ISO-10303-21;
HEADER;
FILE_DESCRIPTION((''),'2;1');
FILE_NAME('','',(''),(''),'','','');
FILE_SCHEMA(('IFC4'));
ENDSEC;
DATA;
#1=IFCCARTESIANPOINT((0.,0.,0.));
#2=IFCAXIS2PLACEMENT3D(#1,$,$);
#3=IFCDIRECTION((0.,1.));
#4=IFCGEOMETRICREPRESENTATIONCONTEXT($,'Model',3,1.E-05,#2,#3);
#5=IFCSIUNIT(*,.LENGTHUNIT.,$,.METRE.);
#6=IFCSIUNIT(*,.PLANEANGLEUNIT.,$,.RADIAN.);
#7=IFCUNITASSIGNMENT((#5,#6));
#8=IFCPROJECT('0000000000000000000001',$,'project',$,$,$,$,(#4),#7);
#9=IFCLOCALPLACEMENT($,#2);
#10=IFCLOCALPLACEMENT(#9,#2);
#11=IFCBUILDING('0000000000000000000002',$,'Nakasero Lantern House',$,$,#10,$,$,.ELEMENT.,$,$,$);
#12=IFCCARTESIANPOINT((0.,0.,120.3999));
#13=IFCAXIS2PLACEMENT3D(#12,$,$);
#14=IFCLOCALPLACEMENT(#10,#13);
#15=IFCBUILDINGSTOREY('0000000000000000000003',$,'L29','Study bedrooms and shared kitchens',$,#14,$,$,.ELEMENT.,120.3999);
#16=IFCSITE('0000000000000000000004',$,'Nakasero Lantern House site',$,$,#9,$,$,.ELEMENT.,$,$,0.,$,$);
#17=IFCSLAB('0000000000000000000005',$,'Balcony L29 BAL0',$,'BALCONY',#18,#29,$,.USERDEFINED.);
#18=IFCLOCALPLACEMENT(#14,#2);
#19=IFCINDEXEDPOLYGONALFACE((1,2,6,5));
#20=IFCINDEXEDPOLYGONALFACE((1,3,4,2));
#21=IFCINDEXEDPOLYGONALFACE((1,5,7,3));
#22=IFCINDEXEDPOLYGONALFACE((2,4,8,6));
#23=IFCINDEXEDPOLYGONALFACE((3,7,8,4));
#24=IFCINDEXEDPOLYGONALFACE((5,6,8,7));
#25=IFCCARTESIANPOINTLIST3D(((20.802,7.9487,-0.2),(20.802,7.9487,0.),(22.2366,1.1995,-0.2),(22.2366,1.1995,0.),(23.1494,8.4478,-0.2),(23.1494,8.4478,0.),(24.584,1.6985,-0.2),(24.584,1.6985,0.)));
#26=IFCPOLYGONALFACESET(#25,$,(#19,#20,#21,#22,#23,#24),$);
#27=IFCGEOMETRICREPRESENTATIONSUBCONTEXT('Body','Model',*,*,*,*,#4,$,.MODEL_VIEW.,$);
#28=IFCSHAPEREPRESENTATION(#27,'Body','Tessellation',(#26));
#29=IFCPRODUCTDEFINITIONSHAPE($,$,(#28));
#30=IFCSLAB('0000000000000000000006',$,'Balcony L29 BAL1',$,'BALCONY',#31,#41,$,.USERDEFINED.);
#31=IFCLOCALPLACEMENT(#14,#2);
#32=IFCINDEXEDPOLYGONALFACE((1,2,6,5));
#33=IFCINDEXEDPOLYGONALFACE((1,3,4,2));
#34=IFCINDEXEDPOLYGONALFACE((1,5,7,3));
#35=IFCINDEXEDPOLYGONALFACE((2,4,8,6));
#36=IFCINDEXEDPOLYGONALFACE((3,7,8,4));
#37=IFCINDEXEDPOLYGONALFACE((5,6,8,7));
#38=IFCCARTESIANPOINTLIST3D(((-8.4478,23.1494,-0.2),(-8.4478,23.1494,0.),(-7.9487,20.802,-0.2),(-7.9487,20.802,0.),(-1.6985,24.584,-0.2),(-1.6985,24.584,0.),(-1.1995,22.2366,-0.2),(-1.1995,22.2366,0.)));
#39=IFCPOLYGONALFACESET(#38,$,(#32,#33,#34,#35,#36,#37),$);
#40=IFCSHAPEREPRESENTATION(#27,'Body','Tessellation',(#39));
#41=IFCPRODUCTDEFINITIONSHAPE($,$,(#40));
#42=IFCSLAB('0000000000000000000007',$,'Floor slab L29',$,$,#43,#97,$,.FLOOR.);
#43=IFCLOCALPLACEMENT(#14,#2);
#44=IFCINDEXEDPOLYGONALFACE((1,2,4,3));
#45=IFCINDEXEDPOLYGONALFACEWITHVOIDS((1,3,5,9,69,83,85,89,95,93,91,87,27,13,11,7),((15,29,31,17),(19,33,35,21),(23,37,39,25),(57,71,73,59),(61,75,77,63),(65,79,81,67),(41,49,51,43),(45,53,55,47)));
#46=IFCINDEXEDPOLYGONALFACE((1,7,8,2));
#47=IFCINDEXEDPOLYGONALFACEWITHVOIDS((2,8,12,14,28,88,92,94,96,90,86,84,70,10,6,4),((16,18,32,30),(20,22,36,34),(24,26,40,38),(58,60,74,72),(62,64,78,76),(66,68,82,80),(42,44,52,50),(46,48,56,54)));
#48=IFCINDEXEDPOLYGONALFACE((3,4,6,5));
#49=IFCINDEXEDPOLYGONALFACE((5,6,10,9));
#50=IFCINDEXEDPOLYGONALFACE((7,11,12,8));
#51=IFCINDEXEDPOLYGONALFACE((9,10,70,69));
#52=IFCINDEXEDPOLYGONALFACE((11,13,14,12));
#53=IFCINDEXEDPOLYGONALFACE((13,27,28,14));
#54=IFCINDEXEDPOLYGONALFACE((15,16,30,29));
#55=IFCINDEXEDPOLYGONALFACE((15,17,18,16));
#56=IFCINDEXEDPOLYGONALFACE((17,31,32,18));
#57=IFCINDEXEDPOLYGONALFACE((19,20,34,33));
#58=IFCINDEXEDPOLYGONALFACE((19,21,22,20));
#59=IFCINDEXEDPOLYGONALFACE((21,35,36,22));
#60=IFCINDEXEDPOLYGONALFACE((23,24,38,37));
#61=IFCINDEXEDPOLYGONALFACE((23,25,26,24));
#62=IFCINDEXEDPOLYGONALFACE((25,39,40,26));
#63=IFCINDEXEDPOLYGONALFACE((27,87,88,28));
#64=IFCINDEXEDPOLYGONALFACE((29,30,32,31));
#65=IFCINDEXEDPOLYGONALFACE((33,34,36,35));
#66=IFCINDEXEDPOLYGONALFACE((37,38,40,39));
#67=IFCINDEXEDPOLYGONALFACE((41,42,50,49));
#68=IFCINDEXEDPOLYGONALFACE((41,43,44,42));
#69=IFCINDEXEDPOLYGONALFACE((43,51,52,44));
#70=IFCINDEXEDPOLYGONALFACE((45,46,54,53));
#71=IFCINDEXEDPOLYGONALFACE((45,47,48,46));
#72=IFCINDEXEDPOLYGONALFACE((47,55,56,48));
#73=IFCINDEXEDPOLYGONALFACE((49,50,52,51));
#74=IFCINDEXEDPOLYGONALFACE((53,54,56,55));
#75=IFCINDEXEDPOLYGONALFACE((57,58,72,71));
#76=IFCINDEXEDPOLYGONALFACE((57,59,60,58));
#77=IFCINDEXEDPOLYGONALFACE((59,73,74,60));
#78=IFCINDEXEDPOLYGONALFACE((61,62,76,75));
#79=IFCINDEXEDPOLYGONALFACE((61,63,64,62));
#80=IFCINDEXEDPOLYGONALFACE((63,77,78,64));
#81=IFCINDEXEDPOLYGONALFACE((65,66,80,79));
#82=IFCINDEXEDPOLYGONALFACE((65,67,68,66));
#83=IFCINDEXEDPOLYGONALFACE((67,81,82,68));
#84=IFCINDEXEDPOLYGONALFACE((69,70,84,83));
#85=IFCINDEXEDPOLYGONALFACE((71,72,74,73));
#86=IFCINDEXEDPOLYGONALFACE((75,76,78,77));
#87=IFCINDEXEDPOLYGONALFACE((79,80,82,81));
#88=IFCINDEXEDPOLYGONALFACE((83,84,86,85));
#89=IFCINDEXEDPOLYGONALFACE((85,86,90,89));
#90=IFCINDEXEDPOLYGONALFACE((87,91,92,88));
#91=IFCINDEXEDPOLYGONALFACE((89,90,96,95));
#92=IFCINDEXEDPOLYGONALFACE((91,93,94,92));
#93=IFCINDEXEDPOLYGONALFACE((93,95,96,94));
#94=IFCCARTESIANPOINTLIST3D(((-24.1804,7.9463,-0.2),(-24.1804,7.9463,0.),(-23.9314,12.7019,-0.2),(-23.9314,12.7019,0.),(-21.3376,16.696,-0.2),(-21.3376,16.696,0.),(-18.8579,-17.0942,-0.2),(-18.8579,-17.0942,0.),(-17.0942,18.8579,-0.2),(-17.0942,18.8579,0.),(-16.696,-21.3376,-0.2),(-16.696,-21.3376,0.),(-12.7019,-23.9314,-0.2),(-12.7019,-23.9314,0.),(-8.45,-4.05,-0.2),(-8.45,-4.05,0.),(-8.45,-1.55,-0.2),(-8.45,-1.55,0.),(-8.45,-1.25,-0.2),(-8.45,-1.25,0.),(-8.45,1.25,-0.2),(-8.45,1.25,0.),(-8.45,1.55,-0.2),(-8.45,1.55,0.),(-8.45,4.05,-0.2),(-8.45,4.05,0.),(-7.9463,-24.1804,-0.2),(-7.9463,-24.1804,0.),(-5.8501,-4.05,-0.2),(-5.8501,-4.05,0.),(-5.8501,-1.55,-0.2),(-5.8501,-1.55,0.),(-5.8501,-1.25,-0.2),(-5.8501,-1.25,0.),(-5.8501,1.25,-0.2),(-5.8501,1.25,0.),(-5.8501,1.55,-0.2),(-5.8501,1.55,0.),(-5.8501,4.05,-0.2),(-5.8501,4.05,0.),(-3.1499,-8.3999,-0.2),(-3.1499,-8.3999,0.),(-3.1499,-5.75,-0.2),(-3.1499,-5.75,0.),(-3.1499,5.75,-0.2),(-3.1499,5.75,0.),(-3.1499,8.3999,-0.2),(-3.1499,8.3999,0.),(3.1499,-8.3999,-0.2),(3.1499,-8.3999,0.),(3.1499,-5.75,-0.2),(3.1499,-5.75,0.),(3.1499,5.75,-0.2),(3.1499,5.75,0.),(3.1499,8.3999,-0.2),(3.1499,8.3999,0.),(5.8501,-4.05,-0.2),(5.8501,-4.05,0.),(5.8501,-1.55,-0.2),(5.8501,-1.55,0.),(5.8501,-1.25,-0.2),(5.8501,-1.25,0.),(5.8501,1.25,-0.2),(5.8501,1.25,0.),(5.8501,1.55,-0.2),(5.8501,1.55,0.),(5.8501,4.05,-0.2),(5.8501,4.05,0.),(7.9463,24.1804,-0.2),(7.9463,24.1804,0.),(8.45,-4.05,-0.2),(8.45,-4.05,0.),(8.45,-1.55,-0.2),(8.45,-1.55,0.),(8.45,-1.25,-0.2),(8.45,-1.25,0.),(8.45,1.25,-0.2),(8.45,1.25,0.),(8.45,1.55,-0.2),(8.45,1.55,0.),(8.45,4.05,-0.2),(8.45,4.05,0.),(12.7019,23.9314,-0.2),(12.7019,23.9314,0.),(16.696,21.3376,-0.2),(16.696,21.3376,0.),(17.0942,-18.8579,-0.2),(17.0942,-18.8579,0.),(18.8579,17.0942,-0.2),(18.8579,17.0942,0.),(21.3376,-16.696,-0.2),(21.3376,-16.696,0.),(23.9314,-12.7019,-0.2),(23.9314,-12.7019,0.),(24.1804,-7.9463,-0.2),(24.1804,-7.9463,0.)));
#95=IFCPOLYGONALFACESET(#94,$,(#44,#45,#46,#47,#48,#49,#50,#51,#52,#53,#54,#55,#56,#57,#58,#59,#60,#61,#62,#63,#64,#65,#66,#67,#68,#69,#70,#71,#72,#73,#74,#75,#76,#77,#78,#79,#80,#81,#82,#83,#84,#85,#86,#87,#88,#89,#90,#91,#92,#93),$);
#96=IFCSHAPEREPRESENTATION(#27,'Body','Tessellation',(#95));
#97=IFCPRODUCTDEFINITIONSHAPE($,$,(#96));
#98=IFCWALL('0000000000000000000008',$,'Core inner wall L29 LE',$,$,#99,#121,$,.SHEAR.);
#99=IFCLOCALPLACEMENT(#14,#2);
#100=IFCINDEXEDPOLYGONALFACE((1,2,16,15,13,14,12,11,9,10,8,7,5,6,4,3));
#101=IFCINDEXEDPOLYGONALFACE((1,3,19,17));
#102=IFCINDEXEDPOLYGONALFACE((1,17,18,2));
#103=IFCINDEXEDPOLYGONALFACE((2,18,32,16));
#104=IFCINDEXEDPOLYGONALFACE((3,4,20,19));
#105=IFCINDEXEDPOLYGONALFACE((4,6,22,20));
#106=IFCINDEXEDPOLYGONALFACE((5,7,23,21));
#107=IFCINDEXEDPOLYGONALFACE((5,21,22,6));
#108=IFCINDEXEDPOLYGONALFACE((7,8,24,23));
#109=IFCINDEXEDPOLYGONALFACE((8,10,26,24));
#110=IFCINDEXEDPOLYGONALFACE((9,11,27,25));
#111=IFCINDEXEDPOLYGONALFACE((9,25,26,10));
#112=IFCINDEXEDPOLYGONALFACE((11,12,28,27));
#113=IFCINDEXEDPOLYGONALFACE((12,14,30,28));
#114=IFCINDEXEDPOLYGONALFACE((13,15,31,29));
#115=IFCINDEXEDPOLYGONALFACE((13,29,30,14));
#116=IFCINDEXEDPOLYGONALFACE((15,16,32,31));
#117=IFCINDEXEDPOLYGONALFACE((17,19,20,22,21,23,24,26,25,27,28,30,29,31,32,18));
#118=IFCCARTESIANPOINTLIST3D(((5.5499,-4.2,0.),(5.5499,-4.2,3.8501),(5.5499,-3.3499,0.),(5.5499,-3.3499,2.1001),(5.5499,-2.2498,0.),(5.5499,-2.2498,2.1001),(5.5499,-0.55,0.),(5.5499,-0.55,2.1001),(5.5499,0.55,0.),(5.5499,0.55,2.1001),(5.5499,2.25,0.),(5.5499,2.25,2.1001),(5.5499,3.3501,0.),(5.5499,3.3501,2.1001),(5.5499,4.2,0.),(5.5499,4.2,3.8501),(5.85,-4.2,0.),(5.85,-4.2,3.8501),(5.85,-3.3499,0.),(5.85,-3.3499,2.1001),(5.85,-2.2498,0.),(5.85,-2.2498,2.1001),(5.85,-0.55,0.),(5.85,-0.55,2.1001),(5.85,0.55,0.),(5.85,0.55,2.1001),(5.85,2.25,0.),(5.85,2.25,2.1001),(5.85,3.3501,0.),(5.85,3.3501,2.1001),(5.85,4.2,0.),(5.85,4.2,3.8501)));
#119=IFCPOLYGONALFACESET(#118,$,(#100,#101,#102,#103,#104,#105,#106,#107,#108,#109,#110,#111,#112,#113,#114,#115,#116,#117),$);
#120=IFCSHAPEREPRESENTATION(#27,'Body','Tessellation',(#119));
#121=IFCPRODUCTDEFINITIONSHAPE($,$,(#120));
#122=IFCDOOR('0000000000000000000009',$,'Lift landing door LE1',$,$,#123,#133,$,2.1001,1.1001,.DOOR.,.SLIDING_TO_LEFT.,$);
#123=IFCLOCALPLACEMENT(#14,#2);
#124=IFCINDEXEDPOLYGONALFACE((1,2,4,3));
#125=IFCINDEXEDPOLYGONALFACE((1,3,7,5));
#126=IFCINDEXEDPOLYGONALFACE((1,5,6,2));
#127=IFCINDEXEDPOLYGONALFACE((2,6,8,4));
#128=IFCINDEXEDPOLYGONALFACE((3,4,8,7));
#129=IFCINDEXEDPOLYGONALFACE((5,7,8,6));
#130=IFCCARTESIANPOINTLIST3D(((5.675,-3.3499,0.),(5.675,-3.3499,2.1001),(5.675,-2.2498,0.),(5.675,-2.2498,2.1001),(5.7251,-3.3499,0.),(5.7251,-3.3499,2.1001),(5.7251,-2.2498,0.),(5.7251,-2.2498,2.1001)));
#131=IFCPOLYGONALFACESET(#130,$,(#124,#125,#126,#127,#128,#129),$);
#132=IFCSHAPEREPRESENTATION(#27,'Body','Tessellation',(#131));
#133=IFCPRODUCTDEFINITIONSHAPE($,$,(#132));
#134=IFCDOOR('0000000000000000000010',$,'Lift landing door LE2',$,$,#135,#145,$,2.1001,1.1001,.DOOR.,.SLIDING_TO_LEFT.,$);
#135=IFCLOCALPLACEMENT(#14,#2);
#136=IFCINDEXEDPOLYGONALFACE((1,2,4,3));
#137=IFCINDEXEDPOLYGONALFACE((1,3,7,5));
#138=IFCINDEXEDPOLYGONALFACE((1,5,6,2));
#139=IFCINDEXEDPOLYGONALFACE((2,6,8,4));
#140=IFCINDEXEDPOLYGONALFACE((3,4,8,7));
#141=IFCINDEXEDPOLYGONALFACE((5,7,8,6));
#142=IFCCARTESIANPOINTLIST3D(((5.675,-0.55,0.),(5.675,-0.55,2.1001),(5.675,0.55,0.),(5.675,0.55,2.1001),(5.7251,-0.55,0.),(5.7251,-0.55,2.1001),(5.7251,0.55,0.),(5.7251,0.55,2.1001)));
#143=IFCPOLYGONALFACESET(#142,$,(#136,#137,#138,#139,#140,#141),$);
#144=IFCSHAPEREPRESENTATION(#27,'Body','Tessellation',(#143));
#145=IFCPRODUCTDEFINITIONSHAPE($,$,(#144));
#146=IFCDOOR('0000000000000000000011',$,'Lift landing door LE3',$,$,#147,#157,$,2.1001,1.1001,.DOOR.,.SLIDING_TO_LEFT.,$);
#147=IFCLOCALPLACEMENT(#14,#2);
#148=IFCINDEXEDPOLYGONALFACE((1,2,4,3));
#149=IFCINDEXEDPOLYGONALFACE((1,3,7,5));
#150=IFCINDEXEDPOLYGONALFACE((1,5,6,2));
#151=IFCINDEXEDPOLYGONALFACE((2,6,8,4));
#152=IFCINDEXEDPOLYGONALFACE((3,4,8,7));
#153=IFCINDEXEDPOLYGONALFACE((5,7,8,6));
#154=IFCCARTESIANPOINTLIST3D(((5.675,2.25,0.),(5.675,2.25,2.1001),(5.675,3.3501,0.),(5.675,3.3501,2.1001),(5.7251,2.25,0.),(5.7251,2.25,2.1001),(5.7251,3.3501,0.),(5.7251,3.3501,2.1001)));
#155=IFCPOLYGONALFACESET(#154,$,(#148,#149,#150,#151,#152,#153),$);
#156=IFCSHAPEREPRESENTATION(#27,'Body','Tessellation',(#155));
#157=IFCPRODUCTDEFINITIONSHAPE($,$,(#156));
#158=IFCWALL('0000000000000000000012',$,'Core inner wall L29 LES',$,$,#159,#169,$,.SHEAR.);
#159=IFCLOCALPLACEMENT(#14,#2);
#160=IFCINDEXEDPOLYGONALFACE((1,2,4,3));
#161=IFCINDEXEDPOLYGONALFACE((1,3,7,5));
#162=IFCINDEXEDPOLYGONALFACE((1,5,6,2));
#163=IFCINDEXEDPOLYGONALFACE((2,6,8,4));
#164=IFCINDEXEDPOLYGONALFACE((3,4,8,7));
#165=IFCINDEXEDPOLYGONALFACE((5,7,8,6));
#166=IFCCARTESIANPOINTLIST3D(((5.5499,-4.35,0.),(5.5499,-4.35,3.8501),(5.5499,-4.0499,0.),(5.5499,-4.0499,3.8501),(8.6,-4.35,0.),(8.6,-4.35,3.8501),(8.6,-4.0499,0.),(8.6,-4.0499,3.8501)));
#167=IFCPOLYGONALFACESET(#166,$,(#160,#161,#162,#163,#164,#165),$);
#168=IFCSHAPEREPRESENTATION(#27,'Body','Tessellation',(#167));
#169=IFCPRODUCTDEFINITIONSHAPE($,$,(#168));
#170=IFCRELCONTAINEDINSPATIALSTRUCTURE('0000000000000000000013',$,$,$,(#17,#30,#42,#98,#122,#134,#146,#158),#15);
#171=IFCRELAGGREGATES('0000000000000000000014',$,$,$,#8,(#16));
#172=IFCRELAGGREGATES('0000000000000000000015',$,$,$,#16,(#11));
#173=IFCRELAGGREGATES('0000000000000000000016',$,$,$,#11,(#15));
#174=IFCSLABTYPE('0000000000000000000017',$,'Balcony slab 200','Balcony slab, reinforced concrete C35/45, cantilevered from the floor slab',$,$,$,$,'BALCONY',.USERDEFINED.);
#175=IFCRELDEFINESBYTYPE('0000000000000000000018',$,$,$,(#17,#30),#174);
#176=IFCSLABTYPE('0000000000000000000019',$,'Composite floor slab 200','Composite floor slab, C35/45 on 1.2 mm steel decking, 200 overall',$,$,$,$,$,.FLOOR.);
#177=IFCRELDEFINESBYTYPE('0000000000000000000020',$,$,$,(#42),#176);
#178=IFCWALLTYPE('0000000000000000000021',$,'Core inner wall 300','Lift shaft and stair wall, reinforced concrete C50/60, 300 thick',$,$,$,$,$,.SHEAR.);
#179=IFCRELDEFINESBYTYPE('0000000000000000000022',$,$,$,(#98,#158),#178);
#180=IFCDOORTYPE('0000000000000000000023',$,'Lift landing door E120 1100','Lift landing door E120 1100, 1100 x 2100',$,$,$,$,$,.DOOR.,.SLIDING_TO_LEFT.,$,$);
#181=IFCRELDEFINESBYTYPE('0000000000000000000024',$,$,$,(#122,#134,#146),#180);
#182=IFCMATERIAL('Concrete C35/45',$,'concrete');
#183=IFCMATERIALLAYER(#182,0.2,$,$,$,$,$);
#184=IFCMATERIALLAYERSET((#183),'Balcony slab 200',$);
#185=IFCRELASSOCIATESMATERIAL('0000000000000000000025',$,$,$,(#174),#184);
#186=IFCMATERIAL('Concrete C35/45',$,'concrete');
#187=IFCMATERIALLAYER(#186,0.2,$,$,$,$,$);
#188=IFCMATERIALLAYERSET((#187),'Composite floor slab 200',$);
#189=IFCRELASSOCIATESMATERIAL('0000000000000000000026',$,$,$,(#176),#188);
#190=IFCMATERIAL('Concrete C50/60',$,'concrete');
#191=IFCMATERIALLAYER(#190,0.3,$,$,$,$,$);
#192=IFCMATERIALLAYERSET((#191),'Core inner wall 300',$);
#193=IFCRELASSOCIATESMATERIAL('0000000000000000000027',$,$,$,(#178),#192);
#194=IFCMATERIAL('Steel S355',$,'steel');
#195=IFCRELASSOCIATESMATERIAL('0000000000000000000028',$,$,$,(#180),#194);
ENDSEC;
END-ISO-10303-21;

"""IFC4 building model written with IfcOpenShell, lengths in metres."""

from ifc_helpers import new_model, si_unit, direction, frame, frame_2d, origin, place, context, subcontext, project, spatial, polyline, rectangle, outline, extrude, material, layer, layer_set, type_object, element, fill, save


model = new_model("IFC4")

# Units and contexts
model_context = context("Model", 3, precision=1e-05, world=origin(), true_north=direction((0.0, 1.0)))
body_context = subcontext(model_context, "Body", "Model", "MODEL_VIEW")
ifc_project = project(units=[si_unit("LENGTHUNIT", "METRE"), si_unit("PLANEANGLEUNIT", "RADIAN")], contexts=[model_context])

# Site, building, storey
site_placement = place(None, origin())
site = spatial("IfcSite", under=ifc_project, at=site_placement, Name="Nakasero Lantern House site", CompositionType="ELEMENT", RefElevation=0.0)
building_placement = place(site_placement, origin())
building = spatial("IfcBuilding", under=site, at=building_placement, Name="Nakasero Lantern House", CompositionType="ELEMENT")
storey_placement = place(building_placement, frame((0.0, 0.0, 120.3999)))
storey = spatial("IfcBuildingStorey", under=building, at=storey_placement, Name="L29", Description="Study bedrooms and shared kitchens", CompositionType="ELEMENT", Elevation=120.3999)

# Slabs
ifc_material_1 = material(Name="Concrete C35/45", Category="concrete")
ifc_layer_1 = layer(ifc_material_1, 0.2)
ifc_layer_set_1 = layer_set([ifc_layer_1], Name="Balcony slab 200")
slab_type_1 = type_object("IfcSlabType", Name="Balcony slab 200", Description="Balcony slab, reinforced concrete C35/45, cantilevered from the floor slab", ElementType="BALCONY", PredefinedType="USERDEFINED", material=ifc_layer_set_1)
slab_1_placement = place(storey_placement, frame((0.0, 0.0, -0.2)))
element("IfcSlab", 1, at=slab_1_placement, inside=storey, type_object=slab_type_1, Name="Balcony L29 BAL0", ObjectType="BALCONY", PredefinedType="USERDEFINED", context=body_context, shape_type="SweptSolid", body=[
    extrude(outline(polyline([(22.2366, 1.1995), (24.584, 1.6985), (23.1494, 8.4478), (20.802, 7.9487), (22.2366, 1.1995)])), origin(), (0.0, 0.0, 1.0), 0.2),
])
slab_2_placement = place(storey_placement, frame((0.0, 0.0, -0.2)))
element("IfcSlab", 2, at=slab_2_placement, inside=storey, type_object=slab_type_1, Name="Balcony L29 BAL1", ObjectType="BALCONY", PredefinedType="USERDEFINED", context=body_context, shape_type="SweptSolid", body=[
    extrude(outline(polyline([(-1.1995, 22.2366), (-1.6985, 24.584), (-8.4478, 23.1494), (-7.9487, 20.802), (-1.1995, 22.2366)])), origin(), (0.0, 0.0, 1.0), 0.2),
])
ifc_material_2 = material(Name="Concrete C35/45", Category="concrete")
ifc_layer_2 = layer(ifc_material_2, 0.2)
ifc_layer_set_2 = layer_set([ifc_layer_2], Name="Composite floor slab 200")
slab_type_2 = type_object("IfcSlabType", Name="Composite floor slab 200", Description="Composite floor slab, C35/45 on 1.2 mm steel decking, 200 overall", PredefinedType="FLOOR", material=ifc_layer_set_2)
slab_3_placement = place(storey_placement, frame((0.0, 0.0, -0.2)))
element("IfcSlab", 3, at=slab_3_placement, inside=storey, type_object=slab_type_2, Name="Floor slab L29", PredefinedType="FLOOR", context=body_context, shape_type="SweptSolid", body=[
    extrude(outline(polyline([(18.8579, 17.0942), (16.696, 21.3376), (12.7019, 23.9314), (7.9463, 24.1804), (-17.0942, 18.8579), (-21.3376, 16.696), (-23.9314, 12.7019), (-24.1804, 7.9463), (-18.8579, -17.0942), (-16.696, -21.3376), (-12.7019, -23.9314), (-7.9463, -24.1804), (17.0942, -18.8579), (21.3376, -16.696), (23.9314, -12.7019), (24.1804, -7.9463), (18.8579, 17.0942)]), holes=[polyline([(-8.45, -4.05), (-5.8501, -4.05), (-5.8501, -1.55), (-8.45, -1.55), (-8.45, -4.05)]), polyline([(-8.45, -1.25), (-5.8501, -1.25), (-5.8501, 1.25), (-8.45, 1.25), (-8.45, -1.25)]), polyline([(-8.45, 1.55), (-5.8501, 1.55), (-5.8501, 4.05), (-8.45, 4.05), (-8.45, 1.55)]), polyline([(5.8501, -4.05), (8.45, -4.05), (8.45, -1.55), (5.8501, -1.55), (5.8501, -4.05)]), polyline([(5.8501, -1.25), (8.45, -1.25), (8.45, 1.25), (5.8501, 1.25), (5.8501, -1.25)]), polyline([(5.8501, 1.55), (8.45, 1.55), (8.45, 4.05), (5.8501, 4.05), (5.8501, 1.55)]), polyline([(-3.1499, 5.75), (3.1499, 5.75), (3.1499, 8.3999), (-3.1499, 8.3999), (-3.1499, 5.75)]), polyline([(-3.1499, -8.3999), (3.1499, -8.3999), (3.1499, -5.75), (-3.1499, -5.75), (-3.1499, -8.3999)])]), origin(), (0.0, 0.0, 1.0), 0.2),
])

# Wall, openings, doors
ifc_material_3 = material(Name="Concrete C50/60", Category="concrete")
ifc_layer_3 = layer(ifc_material_3, 0.3)
ifc_layer_set_3 = layer_set([ifc_layer_3], Name="Core inner wall 300")
wall_type_1 = type_object("IfcWallType", Name="Core inner wall 300", Description="Lift shaft and stair wall, reinforced concrete C50/60, 300 thick", PredefinedType="SHEAR", material=ifc_layer_set_3)
wall_1_placement = place(storey_placement, frame((5.7, -4.2, 0.0), z_axis=(0.0, 0.0, 1.0), x_axis=(0.0, 1.0, 0.0)))
wall_1 = element("IfcWall", 4, at=wall_1_placement, inside=storey, type_object=wall_type_1, Name="Core inner wall L29 LE", PredefinedType="SHEAR", context=body_context, shape_type="SweptSolid", body=[
    extrude(rectangle(XDim=8.3999, YDim=0.3, at=frame_2d((4.2, 0.0))), origin(), (0.0, 0.0, 1.0), 3.8501),
])
opening_1_placement = place(wall_1_placement, frame((0.8501, 0.0, 0.0)))
opening_1 = element("IfcOpeningElement", 5, at=opening_1_placement, cuts=wall_1, PredefinedType="OPENING", context=body_context, shape_type="SweptSolid", body=[
    extrude(rectangle(XDim=1.1001, YDim=2.1001, at=frame_2d((0.55, 1.05))), frame((0.0, 0.1699, 0.0), z_axis=(0.0, -1.0, 0.0), x_axis=(1.0, 0.0, 0.0)), (0.0, 0.0, 1.0), 0.3401),
])
opening_2_placement = place(wall_1_placement, frame((3.6499, 0.0, 0.0)))
opening_2 = element("IfcOpeningElement", 6, at=opening_2_placement, cuts=wall_1, PredefinedType="OPENING", context=body_context, shape_type="SweptSolid", body=[
    extrude(rectangle(XDim=1.1001, YDim=2.1001, at=frame_2d((0.55, 1.05))), frame((0.0, 0.1699, 0.0), z_axis=(0.0, -1.0, 0.0), x_axis=(1.0, 0.0, 0.0)), (0.0, 0.0, 1.0), 0.3401),
])
opening_3_placement = place(wall_1_placement, frame((6.45, 0.0, 0.0)))
opening_3 = element("IfcOpeningElement", 7, at=opening_3_placement, cuts=wall_1, PredefinedType="OPENING", context=body_context, shape_type="SweptSolid", body=[
    extrude(rectangle(XDim=1.1001, YDim=2.1001, at=frame_2d((0.55, 1.05))), frame((0.0, 0.1699, 0.0), z_axis=(0.0, -1.0, 0.0), x_axis=(1.0, 0.0, 0.0)), (0.0, 0.0, 1.0), 0.3401),
])
ifc_material_4 = material(Name="Steel S355", Category="steel")
door_type_1 = type_object("IfcDoorType", Name="Lift landing door E120 1100", Description="Lift landing door E120 1100, 1100 x 2100", OperationType="SLIDING_TO_LEFT", PredefinedType="DOOR", material=ifc_material_4)
door_1_placement = place(opening_1_placement, origin())
door_1 = element("IfcDoor", 8, at=door_1_placement, inside=storey, type_object=door_type_1, Name="Lift landing door LE1", OperationType="SLIDING_TO_LEFT", OverallHeight=2.1001, OverallWidth=1.1001, PredefinedType="DOOR", context=body_context, shape_type="SweptSolid", body=[
    extrude(rectangle(XDim=1.1001, YDim=2.1001, at=frame_2d((0.55, 1.05))), frame((0.0, 0.0249, 0.0), z_axis=(0.0, -1.0, 0.0), x_axis=(1.0, 0.0, 0.0)), (0.0, 0.0, 1.0), 0.05),
])
fill(opening_1, door_1)
door_2_placement = place(opening_2_placement, origin())
door_2 = element("IfcDoor", 9, at=door_2_placement, inside=storey, type_object=door_type_1, Name="Lift landing door LE2", OperationType="SLIDING_TO_LEFT", OverallHeight=2.1001, OverallWidth=1.1001, PredefinedType="DOOR", context=body_context, shape_type="SweptSolid", body=[
    extrude(rectangle(XDim=1.1001, YDim=2.1001, at=frame_2d((0.55, 1.05))), frame((0.0, 0.0249, 0.0), z_axis=(0.0, -1.0, 0.0), x_axis=(1.0, 0.0, 0.0)), (0.0, 0.0, 1.0), 0.05),
])
fill(opening_2, door_2)
door_3_placement = place(opening_3_placement, origin())
door_3 = element("IfcDoor", 10, at=door_3_placement, inside=storey, type_object=door_type_1, Name="Lift landing door LE3", OperationType="SLIDING_TO_LEFT", OverallHeight=2.1001, OverallWidth=1.1001, PredefinedType="DOOR", context=body_context, shape_type="SweptSolid", body=[
    extrude(rectangle(XDim=1.1001, YDim=2.1001, at=frame_2d((0.55, 1.05))), frame((0.0, 0.0249, 0.0), z_axis=(0.0, -1.0, 0.0), x_axis=(1.0, 0.0, 0.0)), (0.0, 0.0, 1.0), 0.05),
])
fill(opening_3, door_3)

# Wall
wall_2_placement = place(storey_placement, frame((5.55, -4.2, 0.0), z_axis=(0.0, 0.0, 1.0), x_axis=(1.0, 0.0, 0.0)))
element("IfcWall", 11, at=wall_2_placement, inside=storey, type_object=wall_type_1, Name="Core inner wall L29 LES", PredefinedType="SHEAR", context=body_context, shape_type="SweptSolid", body=[
    extrude(rectangle(XDim=3.05, YDim=0.3, at=frame_2d((1.5249, 0.0))), origin(), (0.0, 0.0, 1.0), 3.8501),
])

save(model, "model.ifc")
